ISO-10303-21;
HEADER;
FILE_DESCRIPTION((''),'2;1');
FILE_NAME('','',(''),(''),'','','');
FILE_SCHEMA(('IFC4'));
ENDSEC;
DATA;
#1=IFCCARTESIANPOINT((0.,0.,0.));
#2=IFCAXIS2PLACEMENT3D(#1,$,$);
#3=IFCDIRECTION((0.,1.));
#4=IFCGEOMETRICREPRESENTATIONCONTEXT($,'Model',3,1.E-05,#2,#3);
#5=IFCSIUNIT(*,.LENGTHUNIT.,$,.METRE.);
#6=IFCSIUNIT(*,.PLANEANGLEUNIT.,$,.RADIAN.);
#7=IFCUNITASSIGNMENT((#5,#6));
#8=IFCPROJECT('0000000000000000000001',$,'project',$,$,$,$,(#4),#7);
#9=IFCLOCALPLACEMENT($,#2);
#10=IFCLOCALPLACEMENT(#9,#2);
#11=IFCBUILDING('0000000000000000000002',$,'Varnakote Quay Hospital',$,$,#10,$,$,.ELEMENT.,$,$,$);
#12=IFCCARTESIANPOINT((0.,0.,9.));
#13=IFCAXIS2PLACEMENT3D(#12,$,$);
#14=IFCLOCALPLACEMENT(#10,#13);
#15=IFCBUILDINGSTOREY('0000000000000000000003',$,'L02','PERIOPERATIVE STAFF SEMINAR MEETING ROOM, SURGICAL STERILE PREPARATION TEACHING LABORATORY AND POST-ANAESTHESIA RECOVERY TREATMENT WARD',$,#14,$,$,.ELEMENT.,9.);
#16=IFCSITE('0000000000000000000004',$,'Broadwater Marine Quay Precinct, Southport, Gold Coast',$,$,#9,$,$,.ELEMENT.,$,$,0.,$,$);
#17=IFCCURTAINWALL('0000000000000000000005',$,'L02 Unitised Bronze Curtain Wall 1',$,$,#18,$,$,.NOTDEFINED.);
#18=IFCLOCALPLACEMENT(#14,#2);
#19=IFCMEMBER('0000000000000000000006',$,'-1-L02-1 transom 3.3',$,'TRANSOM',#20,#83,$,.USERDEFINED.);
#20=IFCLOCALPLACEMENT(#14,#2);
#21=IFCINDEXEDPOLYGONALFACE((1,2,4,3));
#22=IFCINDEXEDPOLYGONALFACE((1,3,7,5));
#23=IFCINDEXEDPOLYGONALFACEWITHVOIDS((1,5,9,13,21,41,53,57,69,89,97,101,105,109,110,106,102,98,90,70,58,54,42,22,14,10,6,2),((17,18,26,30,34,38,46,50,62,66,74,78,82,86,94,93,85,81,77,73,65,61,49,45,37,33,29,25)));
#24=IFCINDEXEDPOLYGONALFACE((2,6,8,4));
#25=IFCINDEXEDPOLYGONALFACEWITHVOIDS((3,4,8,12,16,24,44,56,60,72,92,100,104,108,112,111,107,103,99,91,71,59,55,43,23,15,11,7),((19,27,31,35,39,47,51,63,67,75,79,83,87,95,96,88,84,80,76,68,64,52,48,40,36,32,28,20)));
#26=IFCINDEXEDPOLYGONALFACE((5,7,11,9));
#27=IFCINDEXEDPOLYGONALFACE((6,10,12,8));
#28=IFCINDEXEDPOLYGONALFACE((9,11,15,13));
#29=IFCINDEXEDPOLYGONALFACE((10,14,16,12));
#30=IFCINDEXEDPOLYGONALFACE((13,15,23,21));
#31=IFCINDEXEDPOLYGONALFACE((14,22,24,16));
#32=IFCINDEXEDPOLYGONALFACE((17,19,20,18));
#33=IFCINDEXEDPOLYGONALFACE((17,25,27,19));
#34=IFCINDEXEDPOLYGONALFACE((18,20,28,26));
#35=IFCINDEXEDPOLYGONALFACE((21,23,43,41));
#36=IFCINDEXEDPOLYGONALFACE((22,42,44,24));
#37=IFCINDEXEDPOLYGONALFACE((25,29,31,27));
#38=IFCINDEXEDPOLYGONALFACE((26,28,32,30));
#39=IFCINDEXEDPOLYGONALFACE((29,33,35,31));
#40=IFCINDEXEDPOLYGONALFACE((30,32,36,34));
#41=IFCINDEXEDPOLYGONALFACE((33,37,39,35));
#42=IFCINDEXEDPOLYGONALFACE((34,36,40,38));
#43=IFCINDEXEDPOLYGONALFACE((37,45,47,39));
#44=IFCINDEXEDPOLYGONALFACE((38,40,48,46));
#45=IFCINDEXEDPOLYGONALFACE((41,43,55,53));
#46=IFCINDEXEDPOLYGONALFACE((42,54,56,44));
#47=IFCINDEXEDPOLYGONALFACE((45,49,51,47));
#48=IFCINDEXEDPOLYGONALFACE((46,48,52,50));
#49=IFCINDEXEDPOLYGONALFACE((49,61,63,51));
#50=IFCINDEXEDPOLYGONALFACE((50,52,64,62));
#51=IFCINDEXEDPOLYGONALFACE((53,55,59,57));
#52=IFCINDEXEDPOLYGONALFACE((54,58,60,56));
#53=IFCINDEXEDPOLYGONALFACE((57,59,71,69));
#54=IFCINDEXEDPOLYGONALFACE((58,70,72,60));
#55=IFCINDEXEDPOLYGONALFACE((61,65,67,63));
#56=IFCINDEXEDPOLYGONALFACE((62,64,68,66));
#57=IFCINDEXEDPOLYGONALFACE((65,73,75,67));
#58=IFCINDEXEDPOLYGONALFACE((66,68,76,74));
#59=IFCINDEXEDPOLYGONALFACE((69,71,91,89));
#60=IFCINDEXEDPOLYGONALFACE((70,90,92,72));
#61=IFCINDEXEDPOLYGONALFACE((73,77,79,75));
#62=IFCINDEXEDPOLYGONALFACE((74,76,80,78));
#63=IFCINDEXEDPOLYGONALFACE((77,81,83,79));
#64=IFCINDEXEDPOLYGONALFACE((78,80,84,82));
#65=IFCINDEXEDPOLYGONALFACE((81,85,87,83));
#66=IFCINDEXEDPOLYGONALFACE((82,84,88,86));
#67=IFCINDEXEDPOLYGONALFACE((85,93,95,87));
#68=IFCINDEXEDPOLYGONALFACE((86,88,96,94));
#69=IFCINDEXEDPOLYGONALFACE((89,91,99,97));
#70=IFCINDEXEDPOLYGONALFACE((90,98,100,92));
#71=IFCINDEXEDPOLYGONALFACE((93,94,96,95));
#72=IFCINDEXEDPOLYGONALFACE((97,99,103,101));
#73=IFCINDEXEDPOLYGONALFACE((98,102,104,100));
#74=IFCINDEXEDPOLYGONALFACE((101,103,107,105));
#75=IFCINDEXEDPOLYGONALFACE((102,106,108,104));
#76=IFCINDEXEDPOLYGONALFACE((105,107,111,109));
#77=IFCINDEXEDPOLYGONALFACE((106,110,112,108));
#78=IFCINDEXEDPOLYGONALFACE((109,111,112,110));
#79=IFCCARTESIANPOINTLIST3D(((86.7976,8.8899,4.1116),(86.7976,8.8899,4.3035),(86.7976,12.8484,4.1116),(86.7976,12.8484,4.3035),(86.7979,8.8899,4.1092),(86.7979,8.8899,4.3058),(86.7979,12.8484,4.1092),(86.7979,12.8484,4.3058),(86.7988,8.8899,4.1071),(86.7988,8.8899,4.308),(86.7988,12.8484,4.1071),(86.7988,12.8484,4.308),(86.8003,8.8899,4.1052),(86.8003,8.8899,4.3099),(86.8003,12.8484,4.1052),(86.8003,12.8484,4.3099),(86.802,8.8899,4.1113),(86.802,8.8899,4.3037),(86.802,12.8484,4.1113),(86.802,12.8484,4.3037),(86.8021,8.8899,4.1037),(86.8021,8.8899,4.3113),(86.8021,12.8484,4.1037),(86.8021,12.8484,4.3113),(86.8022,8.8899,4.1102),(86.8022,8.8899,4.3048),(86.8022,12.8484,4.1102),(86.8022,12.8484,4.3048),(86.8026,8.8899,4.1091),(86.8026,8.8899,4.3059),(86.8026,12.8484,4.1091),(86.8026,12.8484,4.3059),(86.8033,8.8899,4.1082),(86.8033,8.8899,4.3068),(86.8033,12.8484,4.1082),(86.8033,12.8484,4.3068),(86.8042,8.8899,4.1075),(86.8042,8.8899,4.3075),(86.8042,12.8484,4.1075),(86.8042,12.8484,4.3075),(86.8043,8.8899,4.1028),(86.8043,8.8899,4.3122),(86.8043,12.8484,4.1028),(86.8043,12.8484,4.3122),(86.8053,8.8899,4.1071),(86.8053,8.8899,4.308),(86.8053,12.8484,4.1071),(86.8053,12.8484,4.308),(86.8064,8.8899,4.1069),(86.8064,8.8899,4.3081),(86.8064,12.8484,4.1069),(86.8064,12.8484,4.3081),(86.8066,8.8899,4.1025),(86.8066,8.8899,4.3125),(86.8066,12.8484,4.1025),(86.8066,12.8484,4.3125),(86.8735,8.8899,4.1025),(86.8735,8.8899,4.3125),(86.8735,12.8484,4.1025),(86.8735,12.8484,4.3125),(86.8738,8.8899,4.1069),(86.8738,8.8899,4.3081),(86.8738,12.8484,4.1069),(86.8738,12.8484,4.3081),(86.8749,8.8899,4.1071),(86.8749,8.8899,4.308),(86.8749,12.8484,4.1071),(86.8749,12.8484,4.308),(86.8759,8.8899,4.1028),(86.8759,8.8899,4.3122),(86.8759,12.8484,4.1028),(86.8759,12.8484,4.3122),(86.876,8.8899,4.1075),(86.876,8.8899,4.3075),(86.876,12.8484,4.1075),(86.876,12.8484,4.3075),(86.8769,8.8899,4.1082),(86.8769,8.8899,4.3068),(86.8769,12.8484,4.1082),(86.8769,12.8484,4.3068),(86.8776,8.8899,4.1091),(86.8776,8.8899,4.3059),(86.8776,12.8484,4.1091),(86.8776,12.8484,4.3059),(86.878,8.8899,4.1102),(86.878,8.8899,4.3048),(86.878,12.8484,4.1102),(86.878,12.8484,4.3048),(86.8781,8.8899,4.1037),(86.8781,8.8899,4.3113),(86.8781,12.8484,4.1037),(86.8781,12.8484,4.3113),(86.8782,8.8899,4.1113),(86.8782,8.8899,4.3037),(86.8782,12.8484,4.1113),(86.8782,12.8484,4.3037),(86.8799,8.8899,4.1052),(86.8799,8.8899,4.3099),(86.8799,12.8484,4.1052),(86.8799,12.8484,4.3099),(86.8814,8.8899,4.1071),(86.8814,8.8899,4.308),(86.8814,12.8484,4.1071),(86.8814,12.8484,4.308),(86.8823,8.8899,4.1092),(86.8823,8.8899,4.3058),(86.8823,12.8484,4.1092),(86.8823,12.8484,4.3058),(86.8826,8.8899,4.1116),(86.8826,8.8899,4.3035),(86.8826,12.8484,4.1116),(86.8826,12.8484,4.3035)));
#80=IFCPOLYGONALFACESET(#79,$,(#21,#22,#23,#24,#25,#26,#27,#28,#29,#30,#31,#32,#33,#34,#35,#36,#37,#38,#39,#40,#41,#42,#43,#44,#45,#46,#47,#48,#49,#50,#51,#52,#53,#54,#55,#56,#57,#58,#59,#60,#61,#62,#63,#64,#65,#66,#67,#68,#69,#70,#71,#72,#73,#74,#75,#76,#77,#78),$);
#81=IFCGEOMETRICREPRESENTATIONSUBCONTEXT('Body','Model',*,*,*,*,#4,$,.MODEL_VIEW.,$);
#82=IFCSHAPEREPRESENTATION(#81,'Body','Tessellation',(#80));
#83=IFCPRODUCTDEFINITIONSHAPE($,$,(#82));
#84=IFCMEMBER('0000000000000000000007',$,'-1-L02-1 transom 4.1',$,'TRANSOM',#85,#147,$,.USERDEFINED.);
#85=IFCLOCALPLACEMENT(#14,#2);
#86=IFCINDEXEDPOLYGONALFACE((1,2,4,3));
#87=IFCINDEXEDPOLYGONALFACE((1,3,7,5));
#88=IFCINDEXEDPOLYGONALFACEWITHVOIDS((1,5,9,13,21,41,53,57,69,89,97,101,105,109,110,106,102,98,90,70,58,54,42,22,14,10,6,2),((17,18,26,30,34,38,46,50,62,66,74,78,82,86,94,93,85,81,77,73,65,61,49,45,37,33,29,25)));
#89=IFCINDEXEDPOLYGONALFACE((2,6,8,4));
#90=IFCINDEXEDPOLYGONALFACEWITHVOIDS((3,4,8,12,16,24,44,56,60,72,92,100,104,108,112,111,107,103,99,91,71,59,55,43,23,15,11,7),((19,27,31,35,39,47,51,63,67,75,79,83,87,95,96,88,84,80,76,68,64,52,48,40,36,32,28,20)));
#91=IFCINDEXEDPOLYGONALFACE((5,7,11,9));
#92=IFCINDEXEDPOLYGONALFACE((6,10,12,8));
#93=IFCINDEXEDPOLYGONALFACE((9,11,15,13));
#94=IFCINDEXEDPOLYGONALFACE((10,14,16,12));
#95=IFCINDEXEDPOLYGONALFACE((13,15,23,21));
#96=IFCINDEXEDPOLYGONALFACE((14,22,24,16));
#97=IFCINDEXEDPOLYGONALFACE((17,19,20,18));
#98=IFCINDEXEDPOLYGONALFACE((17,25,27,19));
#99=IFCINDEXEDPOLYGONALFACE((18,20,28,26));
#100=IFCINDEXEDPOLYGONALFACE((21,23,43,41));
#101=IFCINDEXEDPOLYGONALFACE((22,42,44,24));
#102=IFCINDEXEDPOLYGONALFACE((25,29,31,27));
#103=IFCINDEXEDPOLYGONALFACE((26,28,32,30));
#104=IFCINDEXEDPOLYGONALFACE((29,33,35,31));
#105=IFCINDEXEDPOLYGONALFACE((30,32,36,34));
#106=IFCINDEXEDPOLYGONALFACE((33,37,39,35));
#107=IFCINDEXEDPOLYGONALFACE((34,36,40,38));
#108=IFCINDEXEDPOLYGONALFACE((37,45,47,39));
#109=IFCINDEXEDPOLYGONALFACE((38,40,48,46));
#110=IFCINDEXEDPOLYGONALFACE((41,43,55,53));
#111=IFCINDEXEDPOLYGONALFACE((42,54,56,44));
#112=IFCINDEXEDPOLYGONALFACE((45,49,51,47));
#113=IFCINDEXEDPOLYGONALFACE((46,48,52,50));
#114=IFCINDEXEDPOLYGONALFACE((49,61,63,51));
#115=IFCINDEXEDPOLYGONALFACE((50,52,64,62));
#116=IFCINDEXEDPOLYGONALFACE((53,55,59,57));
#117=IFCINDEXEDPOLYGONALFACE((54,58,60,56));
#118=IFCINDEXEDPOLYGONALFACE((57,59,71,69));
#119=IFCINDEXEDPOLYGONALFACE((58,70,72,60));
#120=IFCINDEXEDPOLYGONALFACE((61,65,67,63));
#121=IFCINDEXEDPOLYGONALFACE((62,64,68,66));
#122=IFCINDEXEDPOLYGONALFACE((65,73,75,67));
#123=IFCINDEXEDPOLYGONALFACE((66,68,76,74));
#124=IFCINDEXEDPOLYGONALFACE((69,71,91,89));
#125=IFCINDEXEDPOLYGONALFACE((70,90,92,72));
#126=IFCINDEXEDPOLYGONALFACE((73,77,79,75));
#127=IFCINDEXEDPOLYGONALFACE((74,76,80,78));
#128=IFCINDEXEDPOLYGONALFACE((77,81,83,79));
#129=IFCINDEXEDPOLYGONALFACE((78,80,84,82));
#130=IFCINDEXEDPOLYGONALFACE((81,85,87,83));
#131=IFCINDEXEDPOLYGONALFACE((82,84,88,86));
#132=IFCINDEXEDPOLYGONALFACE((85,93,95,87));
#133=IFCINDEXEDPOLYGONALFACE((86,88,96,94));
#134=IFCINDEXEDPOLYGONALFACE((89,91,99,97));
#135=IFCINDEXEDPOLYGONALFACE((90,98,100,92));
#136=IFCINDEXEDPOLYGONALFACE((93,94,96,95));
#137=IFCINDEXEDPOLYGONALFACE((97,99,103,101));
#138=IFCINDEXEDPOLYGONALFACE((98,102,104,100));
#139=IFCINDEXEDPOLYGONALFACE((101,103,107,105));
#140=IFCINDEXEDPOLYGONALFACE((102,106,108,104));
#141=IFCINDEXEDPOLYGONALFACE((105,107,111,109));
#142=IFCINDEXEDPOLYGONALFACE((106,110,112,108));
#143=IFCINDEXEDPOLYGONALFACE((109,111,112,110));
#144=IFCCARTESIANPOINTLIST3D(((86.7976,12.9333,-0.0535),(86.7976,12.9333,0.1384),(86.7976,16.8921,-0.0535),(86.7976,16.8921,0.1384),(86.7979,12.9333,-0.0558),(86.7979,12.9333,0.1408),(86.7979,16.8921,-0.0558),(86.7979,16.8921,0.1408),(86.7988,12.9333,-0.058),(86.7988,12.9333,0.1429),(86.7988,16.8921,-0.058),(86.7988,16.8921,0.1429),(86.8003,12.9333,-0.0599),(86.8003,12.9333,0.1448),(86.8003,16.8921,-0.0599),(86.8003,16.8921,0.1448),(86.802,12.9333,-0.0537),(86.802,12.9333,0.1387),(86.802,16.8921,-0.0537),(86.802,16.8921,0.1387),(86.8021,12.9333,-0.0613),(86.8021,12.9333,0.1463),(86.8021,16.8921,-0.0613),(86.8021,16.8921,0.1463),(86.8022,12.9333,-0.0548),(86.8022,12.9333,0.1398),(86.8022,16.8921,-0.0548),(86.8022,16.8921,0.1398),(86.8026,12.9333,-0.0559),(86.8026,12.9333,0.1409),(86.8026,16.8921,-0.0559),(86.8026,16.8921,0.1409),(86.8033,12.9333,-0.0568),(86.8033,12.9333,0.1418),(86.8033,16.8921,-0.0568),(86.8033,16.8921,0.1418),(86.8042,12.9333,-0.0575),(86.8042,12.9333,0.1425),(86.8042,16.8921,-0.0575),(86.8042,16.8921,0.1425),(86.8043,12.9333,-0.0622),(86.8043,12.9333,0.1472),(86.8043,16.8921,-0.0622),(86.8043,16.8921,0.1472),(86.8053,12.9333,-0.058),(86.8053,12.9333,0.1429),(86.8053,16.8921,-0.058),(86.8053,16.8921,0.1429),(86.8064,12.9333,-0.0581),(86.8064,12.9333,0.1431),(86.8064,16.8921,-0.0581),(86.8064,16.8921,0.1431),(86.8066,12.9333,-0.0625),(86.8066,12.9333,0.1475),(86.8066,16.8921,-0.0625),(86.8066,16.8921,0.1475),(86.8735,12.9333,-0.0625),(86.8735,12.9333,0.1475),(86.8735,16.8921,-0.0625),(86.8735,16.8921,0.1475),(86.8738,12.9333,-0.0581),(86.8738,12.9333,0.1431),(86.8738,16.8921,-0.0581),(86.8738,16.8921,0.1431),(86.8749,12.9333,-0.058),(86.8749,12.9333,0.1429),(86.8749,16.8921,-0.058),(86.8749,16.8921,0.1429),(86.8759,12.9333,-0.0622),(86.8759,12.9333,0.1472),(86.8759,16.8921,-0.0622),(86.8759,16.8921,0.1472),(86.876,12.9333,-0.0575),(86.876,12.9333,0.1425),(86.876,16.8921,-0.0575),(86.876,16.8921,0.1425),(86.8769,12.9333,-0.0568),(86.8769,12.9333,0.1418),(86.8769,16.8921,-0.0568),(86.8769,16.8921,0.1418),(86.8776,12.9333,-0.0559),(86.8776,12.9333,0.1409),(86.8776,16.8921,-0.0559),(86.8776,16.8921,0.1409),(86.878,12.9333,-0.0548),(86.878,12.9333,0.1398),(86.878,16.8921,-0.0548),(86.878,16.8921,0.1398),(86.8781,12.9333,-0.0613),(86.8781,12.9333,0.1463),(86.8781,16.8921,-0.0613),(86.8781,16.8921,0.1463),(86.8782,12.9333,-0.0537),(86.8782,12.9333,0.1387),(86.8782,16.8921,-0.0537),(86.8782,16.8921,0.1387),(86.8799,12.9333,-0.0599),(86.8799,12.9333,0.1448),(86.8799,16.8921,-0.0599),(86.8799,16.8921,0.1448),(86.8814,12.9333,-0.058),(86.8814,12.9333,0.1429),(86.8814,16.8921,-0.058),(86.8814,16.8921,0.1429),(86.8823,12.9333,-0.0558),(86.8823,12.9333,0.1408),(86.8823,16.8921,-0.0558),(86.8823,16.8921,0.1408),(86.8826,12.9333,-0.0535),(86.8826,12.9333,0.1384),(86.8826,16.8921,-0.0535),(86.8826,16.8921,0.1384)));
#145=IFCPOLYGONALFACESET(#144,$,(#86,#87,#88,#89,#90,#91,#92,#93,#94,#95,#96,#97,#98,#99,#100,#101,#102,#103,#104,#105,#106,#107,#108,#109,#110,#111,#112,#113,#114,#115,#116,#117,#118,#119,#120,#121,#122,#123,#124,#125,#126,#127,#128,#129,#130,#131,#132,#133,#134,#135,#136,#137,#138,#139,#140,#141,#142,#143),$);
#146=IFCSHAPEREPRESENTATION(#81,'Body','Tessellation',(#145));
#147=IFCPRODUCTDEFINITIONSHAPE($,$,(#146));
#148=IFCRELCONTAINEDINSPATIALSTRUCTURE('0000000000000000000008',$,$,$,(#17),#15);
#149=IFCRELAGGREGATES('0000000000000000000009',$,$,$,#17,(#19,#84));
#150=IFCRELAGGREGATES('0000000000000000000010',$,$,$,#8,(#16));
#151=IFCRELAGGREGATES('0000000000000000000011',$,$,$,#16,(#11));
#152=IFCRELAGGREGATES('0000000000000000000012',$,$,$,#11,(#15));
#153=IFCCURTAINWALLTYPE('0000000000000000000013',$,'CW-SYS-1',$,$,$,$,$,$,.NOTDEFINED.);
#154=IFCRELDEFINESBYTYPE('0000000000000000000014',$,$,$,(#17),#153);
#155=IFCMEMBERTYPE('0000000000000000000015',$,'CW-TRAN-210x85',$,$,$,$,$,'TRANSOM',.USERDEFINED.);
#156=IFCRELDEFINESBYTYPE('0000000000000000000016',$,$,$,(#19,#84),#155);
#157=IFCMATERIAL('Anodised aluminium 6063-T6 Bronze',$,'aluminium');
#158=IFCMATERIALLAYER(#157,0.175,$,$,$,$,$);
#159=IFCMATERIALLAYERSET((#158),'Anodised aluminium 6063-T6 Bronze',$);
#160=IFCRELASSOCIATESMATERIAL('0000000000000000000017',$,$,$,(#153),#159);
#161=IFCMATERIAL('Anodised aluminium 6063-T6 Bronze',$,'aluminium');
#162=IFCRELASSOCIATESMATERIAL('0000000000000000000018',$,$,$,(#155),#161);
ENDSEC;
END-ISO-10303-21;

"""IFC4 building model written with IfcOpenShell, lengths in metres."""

from ifc_helpers import new_model, si_unit, direction, frame, origin, origin_2d, place, context, subcontext, project, spatial, hollow_rectangle, extrude, material, layer, layer_set, material_profile, profile_set, type_object, element, aggregate, save


model = new_model("IFC4")

# Units and contexts
model_context = context("Model", 3, precision=1e-05, world=origin(), true_north=direction((0.0, 1.0)))
body_context = subcontext(model_context, "Body", "Model", "MODEL_VIEW")
ifc_project = project(units=[si_unit("LENGTHUNIT", "METRE"), si_unit("PLANEANGLEUNIT", "RADIAN")], contexts=[model_context])

# Site, building, storey
site_placement = place(None, origin())
site = spatial("IfcSite", under=ifc_project, at=site_placement, Name="Broadwater Marine Quay Precinct, Southport, Gold Coast", CompositionType="ELEMENT", RefElevation=0.0)
building_placement = place(site_placement, origin())
building = spatial("IfcBuilding", under=site, at=building_placement, Name="Varnakote Quay Hospital", CompositionType="ELEMENT")
storey_placement = place(building_placement, frame((0.0, 0.0, 9.0)))
storey = spatial("IfcBuildingStorey", under=building, at=storey_placement, Name="L02", Description="PERIOPERATIVE STAFF SEMINAR MEETING ROOM, SURGICAL STERILE PREPARATION TEACHING LABORATORY AND POST-ANAESTHESIA RECOVERY TREATMENT WARD", CompositionType="ELEMENT", Elevation=9.0)

# Curtain wall, members
ifc_material_1 = material(Name="Anodised aluminium 6063-T6 Bronze", Category="aluminium")
ifc_layer_1 = layer(ifc_material_1, 0.175)
ifc_layer_set_1 = layer_set([ifc_layer_1], Name="Anodised aluminium 6063-T6 Bronze")
curtain_wall_type = type_object("IfcCurtainWallType", Name="CW-SYS-1", PredefinedType="NOTDEFINED", material=ifc_layer_set_1)
curtain_wall_placement = place(storey_placement, origin())
curtain_wall = element("IfcCurtainWall", 1, at=curtain_wall_placement, inside=storey, type_object=curtain_wall_type, Name="L02 Unitised Bronze Curtain Wall 1", PredefinedType="NOTDEFINED")
ifc_material_2 = material(Name="Anodised aluminium 6063-T6 Bronze", Category="aluminium")
ifc_material_profile_1 = material_profile(ifc_material_2, hollow_rectangle(XDim=0.085, YDim=0.21, WallThickness=0.0044, InnerFilletRadius=0.0044, OuterFilletRadius=0.009, at=origin_2d()), Name="CW-TRAN-210x85")
ifc_profile_set_1 = profile_set([ifc_material_profile_1], Name="Anodised aluminium 6063-T6 Bronze")
member_type_1 = type_object("IfcMemberType", Name="CW-TRAN-210x85", ElementType="TRANSOM", PredefinedType="USERDEFINED", material=ifc_profile_set_1)
member_1_placement = place(storey_placement, frame((86.8401, 8.8899, 4.2075), z_axis=(0.0, 1.0, 0.0), x_axis=(-1.0, 0.0, 0.0)))
member_1 = element("IfcMember", 2, at=member_1_placement, type_object=member_type_1, Name="-1-L02-1 transom 3.3", ObjectType="TRANSOM", PredefinedType="USERDEFINED", context=body_context, shape_type="SweptSolid", body=[
    extrude(hollow_rectangle(XDim=0.085, YDim=0.21, WallThickness=0.0044, InnerFilletRadius=0.0044, OuterFilletRadius=0.009, at=origin_2d()), origin(), (0.0, 0.0, 1.0), 3.9585),
])
member_2_placement = place(storey_placement, frame((86.8401, 12.9333, 0.0425), z_axis=(0.0, 1.0, 0.0), x_axis=(-1.0, 0.0, 0.0)))
member_2 = element("IfcMember", 3, at=member_2_placement, type_object=member_type_1, Name="-1-L02-1 transom 4.1", ObjectType="TRANSOM", PredefinedType="USERDEFINED", context=body_context, shape_type="SweptSolid", body=[
    extrude(hollow_rectangle(XDim=0.085, YDim=0.21, WallThickness=0.0044, InnerFilletRadius=0.0044, OuterFilletRadius=0.009, at=origin_2d()), origin(), (0.0, 0.0, 1.0), 3.9587),
])
aggregate(curtain_wall, [member_1, member_2])

save(model, "model.ifc")
